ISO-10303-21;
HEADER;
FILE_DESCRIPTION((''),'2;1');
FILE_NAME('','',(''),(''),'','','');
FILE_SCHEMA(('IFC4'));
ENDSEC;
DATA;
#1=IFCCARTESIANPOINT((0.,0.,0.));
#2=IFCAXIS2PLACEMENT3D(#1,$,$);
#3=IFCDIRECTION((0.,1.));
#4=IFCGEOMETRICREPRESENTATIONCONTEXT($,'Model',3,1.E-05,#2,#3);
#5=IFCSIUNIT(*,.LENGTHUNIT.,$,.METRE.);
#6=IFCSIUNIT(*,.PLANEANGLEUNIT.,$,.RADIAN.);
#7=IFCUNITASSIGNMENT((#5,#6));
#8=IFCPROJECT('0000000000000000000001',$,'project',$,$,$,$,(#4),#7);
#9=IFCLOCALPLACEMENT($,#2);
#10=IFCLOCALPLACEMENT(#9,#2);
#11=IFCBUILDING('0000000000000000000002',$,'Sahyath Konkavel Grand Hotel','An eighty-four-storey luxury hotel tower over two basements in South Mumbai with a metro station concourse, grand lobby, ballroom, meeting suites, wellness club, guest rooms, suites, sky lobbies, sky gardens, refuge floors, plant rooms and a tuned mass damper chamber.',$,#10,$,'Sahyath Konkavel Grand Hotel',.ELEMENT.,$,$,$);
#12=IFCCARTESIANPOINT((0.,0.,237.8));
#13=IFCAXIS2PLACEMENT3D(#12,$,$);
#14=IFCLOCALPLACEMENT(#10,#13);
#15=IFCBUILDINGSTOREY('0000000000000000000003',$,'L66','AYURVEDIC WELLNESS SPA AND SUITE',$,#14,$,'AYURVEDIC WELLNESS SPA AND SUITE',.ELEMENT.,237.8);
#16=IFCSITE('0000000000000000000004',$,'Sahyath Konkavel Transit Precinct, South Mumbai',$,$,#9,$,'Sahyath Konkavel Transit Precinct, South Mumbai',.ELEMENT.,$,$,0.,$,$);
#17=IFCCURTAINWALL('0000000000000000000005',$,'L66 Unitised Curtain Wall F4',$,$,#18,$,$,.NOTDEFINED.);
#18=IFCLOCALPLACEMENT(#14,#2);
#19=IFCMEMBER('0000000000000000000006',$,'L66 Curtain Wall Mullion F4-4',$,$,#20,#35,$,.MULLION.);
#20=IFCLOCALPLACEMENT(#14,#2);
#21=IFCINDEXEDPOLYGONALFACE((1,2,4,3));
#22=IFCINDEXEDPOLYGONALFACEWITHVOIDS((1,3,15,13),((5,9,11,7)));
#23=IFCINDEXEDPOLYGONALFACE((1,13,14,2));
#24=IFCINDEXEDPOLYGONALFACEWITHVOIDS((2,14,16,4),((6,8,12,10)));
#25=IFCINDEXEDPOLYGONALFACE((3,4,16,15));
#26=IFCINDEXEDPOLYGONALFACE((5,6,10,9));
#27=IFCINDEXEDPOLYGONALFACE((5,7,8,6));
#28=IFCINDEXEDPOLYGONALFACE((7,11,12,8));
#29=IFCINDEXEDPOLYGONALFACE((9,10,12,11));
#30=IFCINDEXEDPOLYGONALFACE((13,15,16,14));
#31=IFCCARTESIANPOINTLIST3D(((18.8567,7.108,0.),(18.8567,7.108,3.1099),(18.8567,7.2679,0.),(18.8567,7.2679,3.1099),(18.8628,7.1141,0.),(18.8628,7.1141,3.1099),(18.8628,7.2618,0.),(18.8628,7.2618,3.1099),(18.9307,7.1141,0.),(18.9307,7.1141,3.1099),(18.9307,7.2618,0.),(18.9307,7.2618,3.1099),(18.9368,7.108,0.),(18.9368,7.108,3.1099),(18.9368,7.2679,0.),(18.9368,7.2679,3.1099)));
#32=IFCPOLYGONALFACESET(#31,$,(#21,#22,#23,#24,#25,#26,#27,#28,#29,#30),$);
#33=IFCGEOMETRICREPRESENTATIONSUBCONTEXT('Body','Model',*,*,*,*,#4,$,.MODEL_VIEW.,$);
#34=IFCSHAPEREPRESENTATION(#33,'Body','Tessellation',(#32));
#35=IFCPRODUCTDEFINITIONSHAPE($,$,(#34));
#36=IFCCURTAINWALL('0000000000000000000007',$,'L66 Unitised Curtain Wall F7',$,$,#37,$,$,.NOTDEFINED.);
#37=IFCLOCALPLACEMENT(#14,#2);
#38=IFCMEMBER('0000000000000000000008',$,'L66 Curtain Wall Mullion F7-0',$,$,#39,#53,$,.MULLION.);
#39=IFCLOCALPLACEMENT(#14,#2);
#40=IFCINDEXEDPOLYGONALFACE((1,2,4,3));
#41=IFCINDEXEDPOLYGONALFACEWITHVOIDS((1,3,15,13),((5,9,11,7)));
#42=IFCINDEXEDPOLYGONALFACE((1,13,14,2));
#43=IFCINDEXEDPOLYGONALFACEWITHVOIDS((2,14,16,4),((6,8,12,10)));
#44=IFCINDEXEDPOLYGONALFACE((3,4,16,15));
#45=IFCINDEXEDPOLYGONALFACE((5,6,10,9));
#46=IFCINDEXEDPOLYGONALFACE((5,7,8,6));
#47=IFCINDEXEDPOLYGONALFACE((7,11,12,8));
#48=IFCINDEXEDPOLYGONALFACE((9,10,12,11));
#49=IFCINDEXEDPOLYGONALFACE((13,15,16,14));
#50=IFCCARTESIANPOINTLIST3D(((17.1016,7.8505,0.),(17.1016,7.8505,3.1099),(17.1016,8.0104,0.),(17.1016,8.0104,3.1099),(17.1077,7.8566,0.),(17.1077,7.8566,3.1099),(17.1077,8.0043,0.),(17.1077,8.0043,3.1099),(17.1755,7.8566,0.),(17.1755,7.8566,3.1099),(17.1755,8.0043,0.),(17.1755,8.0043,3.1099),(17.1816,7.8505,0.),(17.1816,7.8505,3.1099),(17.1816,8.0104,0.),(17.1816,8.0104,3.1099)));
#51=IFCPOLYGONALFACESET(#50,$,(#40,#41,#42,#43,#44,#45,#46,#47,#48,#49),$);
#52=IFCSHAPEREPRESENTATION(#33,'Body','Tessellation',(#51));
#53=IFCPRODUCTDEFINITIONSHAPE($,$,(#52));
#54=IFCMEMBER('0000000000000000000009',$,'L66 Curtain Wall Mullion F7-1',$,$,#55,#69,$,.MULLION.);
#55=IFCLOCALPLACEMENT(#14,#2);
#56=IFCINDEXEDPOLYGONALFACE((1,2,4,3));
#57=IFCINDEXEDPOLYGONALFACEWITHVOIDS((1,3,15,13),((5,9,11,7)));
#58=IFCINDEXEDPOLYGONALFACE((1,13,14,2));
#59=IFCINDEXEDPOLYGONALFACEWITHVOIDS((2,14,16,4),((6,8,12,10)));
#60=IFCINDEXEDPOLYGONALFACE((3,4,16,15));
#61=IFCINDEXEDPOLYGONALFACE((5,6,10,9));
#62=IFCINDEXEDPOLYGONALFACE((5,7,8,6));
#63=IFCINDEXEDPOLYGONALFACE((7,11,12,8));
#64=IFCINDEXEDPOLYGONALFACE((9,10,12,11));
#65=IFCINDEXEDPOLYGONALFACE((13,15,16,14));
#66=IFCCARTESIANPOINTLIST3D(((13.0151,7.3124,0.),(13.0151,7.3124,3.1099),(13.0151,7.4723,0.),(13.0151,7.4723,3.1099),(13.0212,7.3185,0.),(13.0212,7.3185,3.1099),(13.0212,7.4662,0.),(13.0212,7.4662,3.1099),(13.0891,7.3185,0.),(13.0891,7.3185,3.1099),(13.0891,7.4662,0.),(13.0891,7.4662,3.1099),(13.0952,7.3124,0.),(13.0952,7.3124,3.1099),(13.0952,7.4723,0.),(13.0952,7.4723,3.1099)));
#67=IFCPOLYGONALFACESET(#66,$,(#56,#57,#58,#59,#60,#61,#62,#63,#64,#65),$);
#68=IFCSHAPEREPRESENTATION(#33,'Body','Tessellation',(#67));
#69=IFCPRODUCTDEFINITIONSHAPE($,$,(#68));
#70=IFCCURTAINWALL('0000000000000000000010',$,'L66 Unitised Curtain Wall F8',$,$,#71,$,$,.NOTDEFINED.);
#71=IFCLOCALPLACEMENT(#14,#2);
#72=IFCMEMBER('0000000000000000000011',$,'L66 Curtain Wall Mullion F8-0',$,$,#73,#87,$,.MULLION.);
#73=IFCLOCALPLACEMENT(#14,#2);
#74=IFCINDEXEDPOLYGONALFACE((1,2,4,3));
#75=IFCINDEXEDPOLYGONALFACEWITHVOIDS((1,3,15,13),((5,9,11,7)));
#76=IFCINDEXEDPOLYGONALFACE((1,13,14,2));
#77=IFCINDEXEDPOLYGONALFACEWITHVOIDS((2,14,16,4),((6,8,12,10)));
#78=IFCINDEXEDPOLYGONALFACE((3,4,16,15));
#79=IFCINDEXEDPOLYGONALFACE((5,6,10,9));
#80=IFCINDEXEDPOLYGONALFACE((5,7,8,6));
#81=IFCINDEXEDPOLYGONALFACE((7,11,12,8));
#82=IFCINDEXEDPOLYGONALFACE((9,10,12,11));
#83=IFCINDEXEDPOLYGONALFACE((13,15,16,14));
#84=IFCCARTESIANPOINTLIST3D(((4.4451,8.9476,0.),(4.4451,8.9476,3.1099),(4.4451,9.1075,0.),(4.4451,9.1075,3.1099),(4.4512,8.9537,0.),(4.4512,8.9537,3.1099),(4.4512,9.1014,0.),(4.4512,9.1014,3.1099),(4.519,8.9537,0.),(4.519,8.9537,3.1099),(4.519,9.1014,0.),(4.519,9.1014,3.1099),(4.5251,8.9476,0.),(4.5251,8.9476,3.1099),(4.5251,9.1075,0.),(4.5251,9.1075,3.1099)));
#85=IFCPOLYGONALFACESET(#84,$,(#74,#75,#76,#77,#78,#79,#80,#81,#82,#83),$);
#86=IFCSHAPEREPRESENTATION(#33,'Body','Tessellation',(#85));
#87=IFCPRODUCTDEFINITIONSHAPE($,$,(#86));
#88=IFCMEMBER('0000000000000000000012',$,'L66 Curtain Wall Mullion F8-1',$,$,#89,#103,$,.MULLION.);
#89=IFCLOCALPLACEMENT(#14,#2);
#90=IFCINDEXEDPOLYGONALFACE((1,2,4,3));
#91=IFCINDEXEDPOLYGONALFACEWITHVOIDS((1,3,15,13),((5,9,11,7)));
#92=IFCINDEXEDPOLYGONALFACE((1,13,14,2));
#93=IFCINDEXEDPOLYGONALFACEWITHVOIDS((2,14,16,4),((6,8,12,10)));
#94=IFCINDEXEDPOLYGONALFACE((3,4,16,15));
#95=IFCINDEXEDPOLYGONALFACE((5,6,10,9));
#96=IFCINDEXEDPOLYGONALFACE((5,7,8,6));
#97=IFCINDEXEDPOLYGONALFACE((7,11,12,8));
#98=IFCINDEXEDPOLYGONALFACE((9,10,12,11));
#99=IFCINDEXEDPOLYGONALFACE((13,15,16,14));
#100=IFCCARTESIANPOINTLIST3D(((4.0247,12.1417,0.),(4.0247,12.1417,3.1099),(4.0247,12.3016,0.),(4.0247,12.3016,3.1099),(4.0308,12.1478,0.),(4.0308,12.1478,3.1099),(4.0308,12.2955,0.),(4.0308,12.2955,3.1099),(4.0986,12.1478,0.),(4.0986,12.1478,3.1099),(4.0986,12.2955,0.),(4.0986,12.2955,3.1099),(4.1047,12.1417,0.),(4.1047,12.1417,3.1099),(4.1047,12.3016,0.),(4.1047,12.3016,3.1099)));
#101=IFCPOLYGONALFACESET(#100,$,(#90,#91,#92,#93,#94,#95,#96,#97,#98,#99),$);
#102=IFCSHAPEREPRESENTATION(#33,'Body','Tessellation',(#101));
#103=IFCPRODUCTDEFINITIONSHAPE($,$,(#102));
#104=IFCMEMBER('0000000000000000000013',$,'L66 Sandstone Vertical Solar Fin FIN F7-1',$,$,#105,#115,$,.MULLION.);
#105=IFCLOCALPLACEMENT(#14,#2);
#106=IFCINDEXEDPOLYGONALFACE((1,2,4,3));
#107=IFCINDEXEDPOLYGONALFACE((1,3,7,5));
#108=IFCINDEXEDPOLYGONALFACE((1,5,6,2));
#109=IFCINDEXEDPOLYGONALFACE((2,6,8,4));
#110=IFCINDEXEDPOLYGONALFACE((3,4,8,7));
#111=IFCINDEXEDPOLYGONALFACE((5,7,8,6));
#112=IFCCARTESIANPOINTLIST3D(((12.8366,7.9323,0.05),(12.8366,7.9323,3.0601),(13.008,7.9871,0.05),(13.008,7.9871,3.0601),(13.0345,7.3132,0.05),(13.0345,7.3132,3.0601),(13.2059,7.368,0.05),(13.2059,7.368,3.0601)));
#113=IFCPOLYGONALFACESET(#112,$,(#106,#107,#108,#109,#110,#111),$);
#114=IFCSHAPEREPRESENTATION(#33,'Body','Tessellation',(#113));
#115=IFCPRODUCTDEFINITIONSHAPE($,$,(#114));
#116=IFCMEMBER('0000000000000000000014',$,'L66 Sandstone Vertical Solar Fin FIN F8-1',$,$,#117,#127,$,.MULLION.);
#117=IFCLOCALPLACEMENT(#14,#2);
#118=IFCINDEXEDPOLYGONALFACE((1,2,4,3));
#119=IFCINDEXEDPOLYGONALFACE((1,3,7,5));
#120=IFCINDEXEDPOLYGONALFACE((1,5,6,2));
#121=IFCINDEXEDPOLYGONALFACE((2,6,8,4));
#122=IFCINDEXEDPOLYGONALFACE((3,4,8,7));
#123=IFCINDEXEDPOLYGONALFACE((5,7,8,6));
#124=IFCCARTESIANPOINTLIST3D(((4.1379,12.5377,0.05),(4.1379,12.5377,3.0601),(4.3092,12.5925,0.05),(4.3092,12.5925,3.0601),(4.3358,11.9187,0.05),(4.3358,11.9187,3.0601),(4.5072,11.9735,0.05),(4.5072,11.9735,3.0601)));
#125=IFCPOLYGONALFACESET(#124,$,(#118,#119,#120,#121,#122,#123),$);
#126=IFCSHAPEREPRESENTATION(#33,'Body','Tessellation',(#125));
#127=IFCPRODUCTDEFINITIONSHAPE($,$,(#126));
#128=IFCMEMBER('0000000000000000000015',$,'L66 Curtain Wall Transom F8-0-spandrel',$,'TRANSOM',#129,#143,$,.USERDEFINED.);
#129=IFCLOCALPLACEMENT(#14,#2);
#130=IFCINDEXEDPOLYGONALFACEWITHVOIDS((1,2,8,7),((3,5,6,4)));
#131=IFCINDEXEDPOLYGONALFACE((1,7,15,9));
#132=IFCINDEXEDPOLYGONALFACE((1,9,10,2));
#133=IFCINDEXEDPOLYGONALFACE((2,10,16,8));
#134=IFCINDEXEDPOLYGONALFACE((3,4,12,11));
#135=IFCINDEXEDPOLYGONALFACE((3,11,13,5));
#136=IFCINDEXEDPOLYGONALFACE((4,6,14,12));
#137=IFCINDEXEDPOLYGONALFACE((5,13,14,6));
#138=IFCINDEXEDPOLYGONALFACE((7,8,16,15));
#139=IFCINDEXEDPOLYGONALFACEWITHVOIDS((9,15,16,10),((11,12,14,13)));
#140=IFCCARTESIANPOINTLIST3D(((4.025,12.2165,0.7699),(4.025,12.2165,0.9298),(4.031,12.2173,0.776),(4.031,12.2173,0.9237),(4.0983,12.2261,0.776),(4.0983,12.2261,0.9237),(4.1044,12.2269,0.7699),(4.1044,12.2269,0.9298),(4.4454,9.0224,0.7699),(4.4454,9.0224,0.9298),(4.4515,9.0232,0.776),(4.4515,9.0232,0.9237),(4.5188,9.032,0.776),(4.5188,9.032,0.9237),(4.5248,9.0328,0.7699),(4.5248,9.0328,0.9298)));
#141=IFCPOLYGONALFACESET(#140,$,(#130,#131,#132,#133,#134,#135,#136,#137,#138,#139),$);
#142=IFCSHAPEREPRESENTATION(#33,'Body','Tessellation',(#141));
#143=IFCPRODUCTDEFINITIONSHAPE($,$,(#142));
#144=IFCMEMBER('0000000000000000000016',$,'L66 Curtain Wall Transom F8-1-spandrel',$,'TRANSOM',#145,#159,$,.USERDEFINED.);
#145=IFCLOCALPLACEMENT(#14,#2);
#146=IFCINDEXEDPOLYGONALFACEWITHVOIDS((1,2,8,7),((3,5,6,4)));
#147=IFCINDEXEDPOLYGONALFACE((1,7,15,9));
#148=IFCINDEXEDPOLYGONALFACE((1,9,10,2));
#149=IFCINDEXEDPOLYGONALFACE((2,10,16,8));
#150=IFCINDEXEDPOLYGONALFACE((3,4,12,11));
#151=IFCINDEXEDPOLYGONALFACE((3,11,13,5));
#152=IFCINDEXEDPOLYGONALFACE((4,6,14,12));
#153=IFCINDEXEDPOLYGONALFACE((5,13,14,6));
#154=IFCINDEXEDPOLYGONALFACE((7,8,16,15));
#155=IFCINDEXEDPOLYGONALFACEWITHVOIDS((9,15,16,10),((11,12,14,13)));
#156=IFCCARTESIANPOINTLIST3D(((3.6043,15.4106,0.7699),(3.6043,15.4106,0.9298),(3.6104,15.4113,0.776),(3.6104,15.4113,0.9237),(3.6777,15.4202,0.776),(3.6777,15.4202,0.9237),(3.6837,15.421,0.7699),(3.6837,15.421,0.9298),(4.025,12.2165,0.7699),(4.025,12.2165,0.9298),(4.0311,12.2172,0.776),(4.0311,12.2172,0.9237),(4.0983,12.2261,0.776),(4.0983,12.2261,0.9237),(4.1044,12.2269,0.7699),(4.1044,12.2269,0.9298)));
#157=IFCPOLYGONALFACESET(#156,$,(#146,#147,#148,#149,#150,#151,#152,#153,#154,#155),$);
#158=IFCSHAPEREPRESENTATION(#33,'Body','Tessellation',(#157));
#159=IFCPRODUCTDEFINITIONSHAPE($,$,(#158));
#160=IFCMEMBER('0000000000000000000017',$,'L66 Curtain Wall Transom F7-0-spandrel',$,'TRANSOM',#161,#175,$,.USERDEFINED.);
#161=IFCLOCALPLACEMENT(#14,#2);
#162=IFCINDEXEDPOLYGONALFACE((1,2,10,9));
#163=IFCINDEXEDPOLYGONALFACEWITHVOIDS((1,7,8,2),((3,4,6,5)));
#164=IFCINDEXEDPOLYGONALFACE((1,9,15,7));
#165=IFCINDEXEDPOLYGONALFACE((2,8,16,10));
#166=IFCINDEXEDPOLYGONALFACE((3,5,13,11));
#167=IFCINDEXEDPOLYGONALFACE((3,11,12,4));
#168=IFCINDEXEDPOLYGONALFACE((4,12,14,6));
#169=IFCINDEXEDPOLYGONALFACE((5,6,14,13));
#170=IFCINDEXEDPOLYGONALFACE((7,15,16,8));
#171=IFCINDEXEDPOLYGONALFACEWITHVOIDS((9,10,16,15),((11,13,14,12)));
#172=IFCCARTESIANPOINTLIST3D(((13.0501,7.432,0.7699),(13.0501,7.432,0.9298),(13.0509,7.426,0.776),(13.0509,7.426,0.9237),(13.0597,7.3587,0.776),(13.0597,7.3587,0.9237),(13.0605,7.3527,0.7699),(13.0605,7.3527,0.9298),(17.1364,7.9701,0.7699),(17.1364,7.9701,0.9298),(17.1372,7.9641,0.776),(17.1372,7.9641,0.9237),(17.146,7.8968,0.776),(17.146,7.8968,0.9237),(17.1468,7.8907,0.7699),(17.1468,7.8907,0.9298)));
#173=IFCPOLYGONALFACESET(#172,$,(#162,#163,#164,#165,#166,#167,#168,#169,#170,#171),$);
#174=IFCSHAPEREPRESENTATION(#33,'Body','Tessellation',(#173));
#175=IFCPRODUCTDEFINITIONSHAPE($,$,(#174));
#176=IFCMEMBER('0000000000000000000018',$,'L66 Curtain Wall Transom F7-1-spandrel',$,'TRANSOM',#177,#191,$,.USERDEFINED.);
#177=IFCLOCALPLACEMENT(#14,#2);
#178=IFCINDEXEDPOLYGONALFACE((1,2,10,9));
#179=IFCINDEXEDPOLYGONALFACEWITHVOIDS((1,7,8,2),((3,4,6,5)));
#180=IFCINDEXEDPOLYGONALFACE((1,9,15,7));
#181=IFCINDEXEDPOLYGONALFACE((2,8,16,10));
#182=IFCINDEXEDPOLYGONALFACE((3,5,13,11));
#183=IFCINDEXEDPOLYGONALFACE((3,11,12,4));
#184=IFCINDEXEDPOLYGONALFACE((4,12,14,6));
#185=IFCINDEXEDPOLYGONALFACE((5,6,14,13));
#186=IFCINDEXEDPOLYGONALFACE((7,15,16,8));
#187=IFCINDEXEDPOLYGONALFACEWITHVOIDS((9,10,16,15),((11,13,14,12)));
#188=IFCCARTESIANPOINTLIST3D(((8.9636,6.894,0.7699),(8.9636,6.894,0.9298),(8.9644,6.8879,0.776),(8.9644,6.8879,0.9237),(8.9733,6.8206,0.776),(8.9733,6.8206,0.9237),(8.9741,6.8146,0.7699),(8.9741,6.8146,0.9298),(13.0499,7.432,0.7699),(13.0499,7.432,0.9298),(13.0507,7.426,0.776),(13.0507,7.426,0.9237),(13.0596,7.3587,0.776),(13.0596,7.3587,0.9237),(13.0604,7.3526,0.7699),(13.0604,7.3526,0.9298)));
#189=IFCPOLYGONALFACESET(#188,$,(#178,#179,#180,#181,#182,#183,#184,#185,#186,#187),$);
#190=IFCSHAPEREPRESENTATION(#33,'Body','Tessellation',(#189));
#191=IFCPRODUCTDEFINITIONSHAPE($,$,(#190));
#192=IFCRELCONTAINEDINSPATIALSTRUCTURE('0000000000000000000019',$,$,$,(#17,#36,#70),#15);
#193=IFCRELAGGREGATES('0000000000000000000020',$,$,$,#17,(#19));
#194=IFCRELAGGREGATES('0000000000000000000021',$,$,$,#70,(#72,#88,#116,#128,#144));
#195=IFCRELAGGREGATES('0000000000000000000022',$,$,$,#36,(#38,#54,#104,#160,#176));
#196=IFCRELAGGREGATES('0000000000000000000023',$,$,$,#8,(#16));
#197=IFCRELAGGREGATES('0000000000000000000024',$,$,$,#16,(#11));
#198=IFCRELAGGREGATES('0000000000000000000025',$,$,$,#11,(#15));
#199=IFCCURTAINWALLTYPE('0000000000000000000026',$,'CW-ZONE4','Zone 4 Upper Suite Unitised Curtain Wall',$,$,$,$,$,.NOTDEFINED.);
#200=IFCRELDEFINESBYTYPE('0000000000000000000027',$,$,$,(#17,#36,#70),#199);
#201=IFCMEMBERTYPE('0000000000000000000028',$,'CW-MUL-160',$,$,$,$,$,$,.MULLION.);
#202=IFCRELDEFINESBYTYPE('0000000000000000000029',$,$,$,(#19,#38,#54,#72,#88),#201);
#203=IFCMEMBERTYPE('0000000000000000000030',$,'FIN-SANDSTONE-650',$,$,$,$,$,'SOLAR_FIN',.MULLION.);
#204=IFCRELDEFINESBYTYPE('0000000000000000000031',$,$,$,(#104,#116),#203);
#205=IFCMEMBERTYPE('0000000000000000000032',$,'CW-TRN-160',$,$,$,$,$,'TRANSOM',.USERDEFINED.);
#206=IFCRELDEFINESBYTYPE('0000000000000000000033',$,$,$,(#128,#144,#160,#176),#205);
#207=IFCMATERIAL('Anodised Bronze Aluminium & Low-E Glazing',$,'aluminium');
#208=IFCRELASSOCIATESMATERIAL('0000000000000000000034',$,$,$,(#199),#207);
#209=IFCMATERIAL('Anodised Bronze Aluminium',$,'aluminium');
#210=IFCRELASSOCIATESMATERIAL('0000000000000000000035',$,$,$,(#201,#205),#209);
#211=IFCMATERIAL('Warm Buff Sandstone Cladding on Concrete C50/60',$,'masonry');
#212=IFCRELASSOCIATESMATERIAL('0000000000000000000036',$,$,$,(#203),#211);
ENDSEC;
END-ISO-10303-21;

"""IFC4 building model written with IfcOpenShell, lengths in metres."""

from ifc_helpers import new_model, si_unit, direction, frame, origin, origin_2d, place, context, subcontext, project, spatial, rectangle, hollow_rectangle, extrude, source, transform, mapped, material, material_profile, profile_set, type_object, element, aggregate, save


model = new_model("IFC4")

# Units and contexts
model_context = context("Model", 3, precision=1e-05, world=origin(), true_north=direction((0.0, 1.0)))
body_context = subcontext(model_context, "Body", "Model", "MODEL_VIEW")
ifc_project = project(units=[si_unit("LENGTHUNIT", "METRE"), si_unit("PLANEANGLEUNIT", "RADIAN")], contexts=[model_context])

# Site, building, storey
site_placement = place(None, origin())
site = spatial("IfcSite", under=ifc_project, at=site_placement, Name="Sahyath Konkavel Transit Precinct, South Mumbai", LongName="Sahyath Konkavel Transit Precinct, South Mumbai", CompositionType="ELEMENT", RefElevation=0.0)
building_placement = place(site_placement, origin())
building = spatial("IfcBuilding", under=site, at=building_placement, Name="Sahyath Konkavel Grand Hotel", Description="An eighty-four-storey luxury hotel tower over two basements in South Mumbai with a metro station concourse, grand lobby, ballroom, meeting suites, wellness club, guest rooms, suites, sky lobbies, sky gardens, refuge floors, plant rooms and a tuned mass damper chamber.", LongName="Sahyath Konkavel Grand Hotel", CompositionType="ELEMENT")
storey_placement = place(building_placement, frame((0.0, 0.0, 237.8)))
storey = spatial("IfcBuildingStorey", under=building, at=storey_placement, Name="L66", Description="AYURVEDIC WELLNESS SPA AND SUITE", LongName="AYURVEDIC WELLNESS SPA AND SUITE", CompositionType="ELEMENT", Elevation=237.8)

# Curtain wall, member
ifc_material_1 = material(Name="Anodised Bronze Aluminium & Low-E Glazing", Category="aluminium")
curtain_wall_type = type_object("IfcCurtainWallType", Name="CW-ZONE4", Description="Zone 4 Upper Suite Unitised Curtain Wall", PredefinedType="NOTDEFINED", material=ifc_material_1)
curtain_wall_1_placement = place(storey_placement, origin())
curtain_wall_1 = element("IfcCurtainWall", 1, at=curtain_wall_1_placement, inside=storey, type_object=curtain_wall_type, Name="L66 Unitised Curtain Wall F4", PredefinedType="NOTDEFINED")
ifc_material_2 = material(Name="Anodised Bronze Aluminium", Category="aluminium")
ifc_material_profile_1 = material_profile(ifc_material_2, hollow_rectangle(XDim=0.0801, YDim=0.1599, WallThickness=0.0061, at=origin_2d()), Name="RHS 160x80x6")
ifc_profile_set_1 = profile_set([ifc_material_profile_1], Name="Anodised Bronze Aluminium")
member_type_1 = type_object("IfcMemberType", Name="CW-MUL-160", PredefinedType="MULLION", material=ifc_profile_set_1)
shared_shape_1 = source(origin(), body_context, "Body", "SweptSolid", [
    extrude(hollow_rectangle(XDim=0.0801, YDim=0.1599, WallThickness=0.0061, at=origin_2d()), origin(), (0.0, 0.0, 1.0), 3.1099),
])
member_1_placement = place(storey_placement, frame((18.8967, 7.188, 0.0), z_axis=(0.0, 0.0, 1.0), x_axis=(1.0, 0.0, 0.0)))
member_1 = element("IfcMember", 2, at=member_1_placement, type_object=member_type_1, Name="L66 Curtain Wall Mullion F4-4", PredefinedType="MULLION", context=body_context, shape_type="MappedRepresentation", body=[
    mapped(shared_shape_1, transform((0.0, 0.0, 0.0), scale=1.0)),
])
aggregate(curtain_wall_1, [member_1])

# Curtain walls, members
curtain_wall_2_placement = place(storey_placement, origin())
curtain_wall_2 = element("IfcCurtainWall", 3, at=curtain_wall_2_placement, inside=storey, type_object=curtain_wall_type, Name="L66 Unitised Curtain Wall F7", PredefinedType="NOTDEFINED")
member_2_placement = place(storey_placement, frame((17.1416, 7.9304, 0.0), z_axis=(0.0, 0.0, 1.0), x_axis=(1.0, 0.0, 0.0)))
member_2 = element("IfcMember", 4, at=member_2_placement, type_object=member_type_1, Name="L66 Curtain Wall Mullion F7-0", PredefinedType="MULLION", context=body_context, shape_type="MappedRepresentation", body=[
    mapped(shared_shape_1, transform((0.0, 0.0, 0.0), scale=1.0)),
])
member_3_placement = place(storey_placement, frame((13.0552, 7.3923, 0.0), z_axis=(0.0, 0.0, 1.0), x_axis=(1.0, 0.0, 0.0)))
member_3 = element("IfcMember", 5, at=member_3_placement, type_object=member_type_1, Name="L66 Curtain Wall Mullion F7-1", PredefinedType="MULLION", context=body_context, shape_type="MappedRepresentation", body=[
    mapped(shared_shape_1, transform((0.0, 0.0, 0.0), scale=1.0)),
])
curtain_wall_3_placement = place(storey_placement, origin())
curtain_wall_3 = element("IfcCurtainWall", 6, at=curtain_wall_3_placement, inside=storey, type_object=curtain_wall_type, Name="L66 Unitised Curtain Wall F8", PredefinedType="NOTDEFINED")
member_4_placement = place(storey_placement, frame((4.4851, 9.0276, 0.0), z_axis=(0.0, 0.0, 1.0), x_axis=(1.0, 0.0, 0.0)))
member_4 = element("IfcMember", 7, at=member_4_placement, type_object=member_type_1, Name="L66 Curtain Wall Mullion F8-0", PredefinedType="MULLION", context=body_context, shape_type="MappedRepresentation", body=[
    mapped(shared_shape_1, transform((0.0, 0.0, 0.0), scale=1.0)),
])
member_5_placement = place(storey_placement, frame((4.0647, 12.2217, 0.0), z_axis=(0.0, 0.0, 1.0), x_axis=(1.0, 0.0, 0.0)))
member_5 = element("IfcMember", 8, at=member_5_placement, type_object=member_type_1, Name="L66 Curtain Wall Mullion F8-1", PredefinedType="MULLION", context=body_context, shape_type="MappedRepresentation", body=[
    mapped(shared_shape_1, transform((0.0, 0.0, 0.0), scale=1.0)),
])

# Members
ifc_material_3 = material(Name="Warm Buff Sandstone Cladding on Concrete C50/60", Category="masonry")
ifc_material_profile_2 = material_profile(ifc_material_3, rectangle(XDim=0.1799, YDim=0.6499, at=origin_2d()), Name="FIN 180x650")
ifc_profile_set_2 = profile_set([ifc_material_profile_2], Name="Warm Buff Sandstone Cladding on Concrete C50/60")
member_type_2 = type_object("IfcMemberType", Name="FIN-SANDSTONE-650", ElementType="SOLAR_FIN", PredefinedType="MULLION", material=ifc_profile_set_2)
shared_shape_2 = source(origin(), body_context, "Body", "SweptSolid", [
    extrude(rectangle(XDim=0.1799, YDim=0.6499, at=origin_2d()), origin(), (0.0, 0.0, 1.0), 3.01),
])
member_6_placement = place(storey_placement, frame((13.0212, 7.6501, 0.05), z_axis=(0.0, 0.0, 1.0), x_axis=(0.952502, 0.304532, 0.0)))
member_6 = element("IfcMember", 9, at=member_6_placement, type_object=member_type_2, Name="L66 Sandstone Vertical Solar Fin FIN F7-1", PredefinedType="MULLION", context=body_context, shape_type="MappedRepresentation", body=[
    mapped(shared_shape_2, transform((0.0, 0.0, 0.0), scale=1.0)),
])
member_7_placement = place(storey_placement, frame((4.3225, 12.2556, 0.05), z_axis=(0.0, 0.0, 1.0), x_axis=(0.952502, 0.304532, 0.0)))
member_7 = element("IfcMember", 10, at=member_7_placement, type_object=member_type_2, Name="L66 Sandstone Vertical Solar Fin FIN F8-1", PredefinedType="MULLION", context=body_context, shape_type="MappedRepresentation", body=[
    mapped(shared_shape_2, transform((0.0, 0.0, 0.0), scale=1.0)),
])
ifc_material_profile_3 = material_profile(ifc_material_2, hollow_rectangle(XDim=0.0801, YDim=0.1599, WallThickness=0.0061, at=origin_2d()), Name="RHS 160x80x6")
ifc_profile_set_3 = profile_set([ifc_material_profile_3], Name="Anodised Bronze Aluminium")
member_type_3 = type_object("IfcMemberType", Name="CW-TRN-160", ElementType="TRANSOM", PredefinedType="USERDEFINED", material=ifc_profile_set_3)
shared_shape_3 = source(origin(), body_context, "Body", "SweptSolid", [
    extrude(hollow_rectangle(XDim=0.0801, YDim=0.1599, WallThickness=0.0061, at=origin_2d()), origin(), (0.0, 0.0, 1.0), 3.2217),
])
member_8_placement = place(storey_placement, frame((4.4851, 9.0276, 0.8499), z_axis=(-0.130496, 0.991449, 0.0), x_axis=(-0.991449, -0.130496, 0.0)))
member_8 = element("IfcMember", 11, at=member_8_placement, type_object=member_type_3, Name="L66 Curtain Wall Transom F8-0-spandrel", ObjectType="TRANSOM", PredefinedType="USERDEFINED", context=body_context, shape_type="MappedRepresentation", body=[
    mapped(shared_shape_3, transform((0.0, 0.0, 0.0), scale=1.0)),
])
member_9_placement = place(storey_placement, frame((4.0647, 12.2217, 0.8499), z_axis=(-0.13057, 0.991439, 0.0), x_axis=(-0.991439, -0.13057, 0.0)))
member_9 = element("IfcMember", 12, at=member_9_placement, type_object=member_type_3, Name="L66 Curtain Wall Transom F8-1-spandrel", ObjectType="TRANSOM", PredefinedType="USERDEFINED", context=body_context, shape_type="MappedRepresentation", body=[
    mapped(shared_shape_3, transform((0.0, 0.0, 0.0), scale=1.0)),
])
shared_shape_4 = source(origin(), body_context, "Body", "SweptSolid", [
    extrude(hollow_rectangle(XDim=0.0801, YDim=0.1599, WallThickness=0.0061, at=origin_2d()), origin(), (0.0, 0.0, 1.0), 4.1216),
])
member_10_placement = place(storey_placement, frame((17.1416, 7.9304, 0.8499), z_axis=(-0.991442, -0.13055, 0.0), x_axis=(0.13055, -0.991442, 0.0)))
member_10 = element("IfcMember", 13, at=member_10_placement, type_object=member_type_3, Name="L66 Curtain Wall Transom F7-0-spandrel", ObjectType="TRANSOM", PredefinedType="USERDEFINED", context=body_context, shape_type="MappedRepresentation", body=[
    mapped(shared_shape_4, transform((0.0, 0.0, 0.0), scale=1.0)),
])
member_11_placement = place(storey_placement, frame((13.0552, 7.3923, 0.8499), z_axis=(-0.991442, -0.13055, 0.0), x_axis=(0.13055, -0.991442, 0.0)))
member_11 = element("IfcMember", 14, at=member_11_placement, type_object=member_type_3, Name="L66 Curtain Wall Transom F7-1-spandrel", ObjectType="TRANSOM", PredefinedType="USERDEFINED", context=body_context, shape_type="MappedRepresentation", body=[
    mapped(shared_shape_4, transform((0.0, 0.0, 0.0), scale=1.0)),
])

aggregate(curtain_wall_3, [member_4, member_5, member_7, member_8, member_9])
aggregate(curtain_wall_2, [member_2, member_3, member_6, member_10, member_11])

save(model, "model.ifc")
